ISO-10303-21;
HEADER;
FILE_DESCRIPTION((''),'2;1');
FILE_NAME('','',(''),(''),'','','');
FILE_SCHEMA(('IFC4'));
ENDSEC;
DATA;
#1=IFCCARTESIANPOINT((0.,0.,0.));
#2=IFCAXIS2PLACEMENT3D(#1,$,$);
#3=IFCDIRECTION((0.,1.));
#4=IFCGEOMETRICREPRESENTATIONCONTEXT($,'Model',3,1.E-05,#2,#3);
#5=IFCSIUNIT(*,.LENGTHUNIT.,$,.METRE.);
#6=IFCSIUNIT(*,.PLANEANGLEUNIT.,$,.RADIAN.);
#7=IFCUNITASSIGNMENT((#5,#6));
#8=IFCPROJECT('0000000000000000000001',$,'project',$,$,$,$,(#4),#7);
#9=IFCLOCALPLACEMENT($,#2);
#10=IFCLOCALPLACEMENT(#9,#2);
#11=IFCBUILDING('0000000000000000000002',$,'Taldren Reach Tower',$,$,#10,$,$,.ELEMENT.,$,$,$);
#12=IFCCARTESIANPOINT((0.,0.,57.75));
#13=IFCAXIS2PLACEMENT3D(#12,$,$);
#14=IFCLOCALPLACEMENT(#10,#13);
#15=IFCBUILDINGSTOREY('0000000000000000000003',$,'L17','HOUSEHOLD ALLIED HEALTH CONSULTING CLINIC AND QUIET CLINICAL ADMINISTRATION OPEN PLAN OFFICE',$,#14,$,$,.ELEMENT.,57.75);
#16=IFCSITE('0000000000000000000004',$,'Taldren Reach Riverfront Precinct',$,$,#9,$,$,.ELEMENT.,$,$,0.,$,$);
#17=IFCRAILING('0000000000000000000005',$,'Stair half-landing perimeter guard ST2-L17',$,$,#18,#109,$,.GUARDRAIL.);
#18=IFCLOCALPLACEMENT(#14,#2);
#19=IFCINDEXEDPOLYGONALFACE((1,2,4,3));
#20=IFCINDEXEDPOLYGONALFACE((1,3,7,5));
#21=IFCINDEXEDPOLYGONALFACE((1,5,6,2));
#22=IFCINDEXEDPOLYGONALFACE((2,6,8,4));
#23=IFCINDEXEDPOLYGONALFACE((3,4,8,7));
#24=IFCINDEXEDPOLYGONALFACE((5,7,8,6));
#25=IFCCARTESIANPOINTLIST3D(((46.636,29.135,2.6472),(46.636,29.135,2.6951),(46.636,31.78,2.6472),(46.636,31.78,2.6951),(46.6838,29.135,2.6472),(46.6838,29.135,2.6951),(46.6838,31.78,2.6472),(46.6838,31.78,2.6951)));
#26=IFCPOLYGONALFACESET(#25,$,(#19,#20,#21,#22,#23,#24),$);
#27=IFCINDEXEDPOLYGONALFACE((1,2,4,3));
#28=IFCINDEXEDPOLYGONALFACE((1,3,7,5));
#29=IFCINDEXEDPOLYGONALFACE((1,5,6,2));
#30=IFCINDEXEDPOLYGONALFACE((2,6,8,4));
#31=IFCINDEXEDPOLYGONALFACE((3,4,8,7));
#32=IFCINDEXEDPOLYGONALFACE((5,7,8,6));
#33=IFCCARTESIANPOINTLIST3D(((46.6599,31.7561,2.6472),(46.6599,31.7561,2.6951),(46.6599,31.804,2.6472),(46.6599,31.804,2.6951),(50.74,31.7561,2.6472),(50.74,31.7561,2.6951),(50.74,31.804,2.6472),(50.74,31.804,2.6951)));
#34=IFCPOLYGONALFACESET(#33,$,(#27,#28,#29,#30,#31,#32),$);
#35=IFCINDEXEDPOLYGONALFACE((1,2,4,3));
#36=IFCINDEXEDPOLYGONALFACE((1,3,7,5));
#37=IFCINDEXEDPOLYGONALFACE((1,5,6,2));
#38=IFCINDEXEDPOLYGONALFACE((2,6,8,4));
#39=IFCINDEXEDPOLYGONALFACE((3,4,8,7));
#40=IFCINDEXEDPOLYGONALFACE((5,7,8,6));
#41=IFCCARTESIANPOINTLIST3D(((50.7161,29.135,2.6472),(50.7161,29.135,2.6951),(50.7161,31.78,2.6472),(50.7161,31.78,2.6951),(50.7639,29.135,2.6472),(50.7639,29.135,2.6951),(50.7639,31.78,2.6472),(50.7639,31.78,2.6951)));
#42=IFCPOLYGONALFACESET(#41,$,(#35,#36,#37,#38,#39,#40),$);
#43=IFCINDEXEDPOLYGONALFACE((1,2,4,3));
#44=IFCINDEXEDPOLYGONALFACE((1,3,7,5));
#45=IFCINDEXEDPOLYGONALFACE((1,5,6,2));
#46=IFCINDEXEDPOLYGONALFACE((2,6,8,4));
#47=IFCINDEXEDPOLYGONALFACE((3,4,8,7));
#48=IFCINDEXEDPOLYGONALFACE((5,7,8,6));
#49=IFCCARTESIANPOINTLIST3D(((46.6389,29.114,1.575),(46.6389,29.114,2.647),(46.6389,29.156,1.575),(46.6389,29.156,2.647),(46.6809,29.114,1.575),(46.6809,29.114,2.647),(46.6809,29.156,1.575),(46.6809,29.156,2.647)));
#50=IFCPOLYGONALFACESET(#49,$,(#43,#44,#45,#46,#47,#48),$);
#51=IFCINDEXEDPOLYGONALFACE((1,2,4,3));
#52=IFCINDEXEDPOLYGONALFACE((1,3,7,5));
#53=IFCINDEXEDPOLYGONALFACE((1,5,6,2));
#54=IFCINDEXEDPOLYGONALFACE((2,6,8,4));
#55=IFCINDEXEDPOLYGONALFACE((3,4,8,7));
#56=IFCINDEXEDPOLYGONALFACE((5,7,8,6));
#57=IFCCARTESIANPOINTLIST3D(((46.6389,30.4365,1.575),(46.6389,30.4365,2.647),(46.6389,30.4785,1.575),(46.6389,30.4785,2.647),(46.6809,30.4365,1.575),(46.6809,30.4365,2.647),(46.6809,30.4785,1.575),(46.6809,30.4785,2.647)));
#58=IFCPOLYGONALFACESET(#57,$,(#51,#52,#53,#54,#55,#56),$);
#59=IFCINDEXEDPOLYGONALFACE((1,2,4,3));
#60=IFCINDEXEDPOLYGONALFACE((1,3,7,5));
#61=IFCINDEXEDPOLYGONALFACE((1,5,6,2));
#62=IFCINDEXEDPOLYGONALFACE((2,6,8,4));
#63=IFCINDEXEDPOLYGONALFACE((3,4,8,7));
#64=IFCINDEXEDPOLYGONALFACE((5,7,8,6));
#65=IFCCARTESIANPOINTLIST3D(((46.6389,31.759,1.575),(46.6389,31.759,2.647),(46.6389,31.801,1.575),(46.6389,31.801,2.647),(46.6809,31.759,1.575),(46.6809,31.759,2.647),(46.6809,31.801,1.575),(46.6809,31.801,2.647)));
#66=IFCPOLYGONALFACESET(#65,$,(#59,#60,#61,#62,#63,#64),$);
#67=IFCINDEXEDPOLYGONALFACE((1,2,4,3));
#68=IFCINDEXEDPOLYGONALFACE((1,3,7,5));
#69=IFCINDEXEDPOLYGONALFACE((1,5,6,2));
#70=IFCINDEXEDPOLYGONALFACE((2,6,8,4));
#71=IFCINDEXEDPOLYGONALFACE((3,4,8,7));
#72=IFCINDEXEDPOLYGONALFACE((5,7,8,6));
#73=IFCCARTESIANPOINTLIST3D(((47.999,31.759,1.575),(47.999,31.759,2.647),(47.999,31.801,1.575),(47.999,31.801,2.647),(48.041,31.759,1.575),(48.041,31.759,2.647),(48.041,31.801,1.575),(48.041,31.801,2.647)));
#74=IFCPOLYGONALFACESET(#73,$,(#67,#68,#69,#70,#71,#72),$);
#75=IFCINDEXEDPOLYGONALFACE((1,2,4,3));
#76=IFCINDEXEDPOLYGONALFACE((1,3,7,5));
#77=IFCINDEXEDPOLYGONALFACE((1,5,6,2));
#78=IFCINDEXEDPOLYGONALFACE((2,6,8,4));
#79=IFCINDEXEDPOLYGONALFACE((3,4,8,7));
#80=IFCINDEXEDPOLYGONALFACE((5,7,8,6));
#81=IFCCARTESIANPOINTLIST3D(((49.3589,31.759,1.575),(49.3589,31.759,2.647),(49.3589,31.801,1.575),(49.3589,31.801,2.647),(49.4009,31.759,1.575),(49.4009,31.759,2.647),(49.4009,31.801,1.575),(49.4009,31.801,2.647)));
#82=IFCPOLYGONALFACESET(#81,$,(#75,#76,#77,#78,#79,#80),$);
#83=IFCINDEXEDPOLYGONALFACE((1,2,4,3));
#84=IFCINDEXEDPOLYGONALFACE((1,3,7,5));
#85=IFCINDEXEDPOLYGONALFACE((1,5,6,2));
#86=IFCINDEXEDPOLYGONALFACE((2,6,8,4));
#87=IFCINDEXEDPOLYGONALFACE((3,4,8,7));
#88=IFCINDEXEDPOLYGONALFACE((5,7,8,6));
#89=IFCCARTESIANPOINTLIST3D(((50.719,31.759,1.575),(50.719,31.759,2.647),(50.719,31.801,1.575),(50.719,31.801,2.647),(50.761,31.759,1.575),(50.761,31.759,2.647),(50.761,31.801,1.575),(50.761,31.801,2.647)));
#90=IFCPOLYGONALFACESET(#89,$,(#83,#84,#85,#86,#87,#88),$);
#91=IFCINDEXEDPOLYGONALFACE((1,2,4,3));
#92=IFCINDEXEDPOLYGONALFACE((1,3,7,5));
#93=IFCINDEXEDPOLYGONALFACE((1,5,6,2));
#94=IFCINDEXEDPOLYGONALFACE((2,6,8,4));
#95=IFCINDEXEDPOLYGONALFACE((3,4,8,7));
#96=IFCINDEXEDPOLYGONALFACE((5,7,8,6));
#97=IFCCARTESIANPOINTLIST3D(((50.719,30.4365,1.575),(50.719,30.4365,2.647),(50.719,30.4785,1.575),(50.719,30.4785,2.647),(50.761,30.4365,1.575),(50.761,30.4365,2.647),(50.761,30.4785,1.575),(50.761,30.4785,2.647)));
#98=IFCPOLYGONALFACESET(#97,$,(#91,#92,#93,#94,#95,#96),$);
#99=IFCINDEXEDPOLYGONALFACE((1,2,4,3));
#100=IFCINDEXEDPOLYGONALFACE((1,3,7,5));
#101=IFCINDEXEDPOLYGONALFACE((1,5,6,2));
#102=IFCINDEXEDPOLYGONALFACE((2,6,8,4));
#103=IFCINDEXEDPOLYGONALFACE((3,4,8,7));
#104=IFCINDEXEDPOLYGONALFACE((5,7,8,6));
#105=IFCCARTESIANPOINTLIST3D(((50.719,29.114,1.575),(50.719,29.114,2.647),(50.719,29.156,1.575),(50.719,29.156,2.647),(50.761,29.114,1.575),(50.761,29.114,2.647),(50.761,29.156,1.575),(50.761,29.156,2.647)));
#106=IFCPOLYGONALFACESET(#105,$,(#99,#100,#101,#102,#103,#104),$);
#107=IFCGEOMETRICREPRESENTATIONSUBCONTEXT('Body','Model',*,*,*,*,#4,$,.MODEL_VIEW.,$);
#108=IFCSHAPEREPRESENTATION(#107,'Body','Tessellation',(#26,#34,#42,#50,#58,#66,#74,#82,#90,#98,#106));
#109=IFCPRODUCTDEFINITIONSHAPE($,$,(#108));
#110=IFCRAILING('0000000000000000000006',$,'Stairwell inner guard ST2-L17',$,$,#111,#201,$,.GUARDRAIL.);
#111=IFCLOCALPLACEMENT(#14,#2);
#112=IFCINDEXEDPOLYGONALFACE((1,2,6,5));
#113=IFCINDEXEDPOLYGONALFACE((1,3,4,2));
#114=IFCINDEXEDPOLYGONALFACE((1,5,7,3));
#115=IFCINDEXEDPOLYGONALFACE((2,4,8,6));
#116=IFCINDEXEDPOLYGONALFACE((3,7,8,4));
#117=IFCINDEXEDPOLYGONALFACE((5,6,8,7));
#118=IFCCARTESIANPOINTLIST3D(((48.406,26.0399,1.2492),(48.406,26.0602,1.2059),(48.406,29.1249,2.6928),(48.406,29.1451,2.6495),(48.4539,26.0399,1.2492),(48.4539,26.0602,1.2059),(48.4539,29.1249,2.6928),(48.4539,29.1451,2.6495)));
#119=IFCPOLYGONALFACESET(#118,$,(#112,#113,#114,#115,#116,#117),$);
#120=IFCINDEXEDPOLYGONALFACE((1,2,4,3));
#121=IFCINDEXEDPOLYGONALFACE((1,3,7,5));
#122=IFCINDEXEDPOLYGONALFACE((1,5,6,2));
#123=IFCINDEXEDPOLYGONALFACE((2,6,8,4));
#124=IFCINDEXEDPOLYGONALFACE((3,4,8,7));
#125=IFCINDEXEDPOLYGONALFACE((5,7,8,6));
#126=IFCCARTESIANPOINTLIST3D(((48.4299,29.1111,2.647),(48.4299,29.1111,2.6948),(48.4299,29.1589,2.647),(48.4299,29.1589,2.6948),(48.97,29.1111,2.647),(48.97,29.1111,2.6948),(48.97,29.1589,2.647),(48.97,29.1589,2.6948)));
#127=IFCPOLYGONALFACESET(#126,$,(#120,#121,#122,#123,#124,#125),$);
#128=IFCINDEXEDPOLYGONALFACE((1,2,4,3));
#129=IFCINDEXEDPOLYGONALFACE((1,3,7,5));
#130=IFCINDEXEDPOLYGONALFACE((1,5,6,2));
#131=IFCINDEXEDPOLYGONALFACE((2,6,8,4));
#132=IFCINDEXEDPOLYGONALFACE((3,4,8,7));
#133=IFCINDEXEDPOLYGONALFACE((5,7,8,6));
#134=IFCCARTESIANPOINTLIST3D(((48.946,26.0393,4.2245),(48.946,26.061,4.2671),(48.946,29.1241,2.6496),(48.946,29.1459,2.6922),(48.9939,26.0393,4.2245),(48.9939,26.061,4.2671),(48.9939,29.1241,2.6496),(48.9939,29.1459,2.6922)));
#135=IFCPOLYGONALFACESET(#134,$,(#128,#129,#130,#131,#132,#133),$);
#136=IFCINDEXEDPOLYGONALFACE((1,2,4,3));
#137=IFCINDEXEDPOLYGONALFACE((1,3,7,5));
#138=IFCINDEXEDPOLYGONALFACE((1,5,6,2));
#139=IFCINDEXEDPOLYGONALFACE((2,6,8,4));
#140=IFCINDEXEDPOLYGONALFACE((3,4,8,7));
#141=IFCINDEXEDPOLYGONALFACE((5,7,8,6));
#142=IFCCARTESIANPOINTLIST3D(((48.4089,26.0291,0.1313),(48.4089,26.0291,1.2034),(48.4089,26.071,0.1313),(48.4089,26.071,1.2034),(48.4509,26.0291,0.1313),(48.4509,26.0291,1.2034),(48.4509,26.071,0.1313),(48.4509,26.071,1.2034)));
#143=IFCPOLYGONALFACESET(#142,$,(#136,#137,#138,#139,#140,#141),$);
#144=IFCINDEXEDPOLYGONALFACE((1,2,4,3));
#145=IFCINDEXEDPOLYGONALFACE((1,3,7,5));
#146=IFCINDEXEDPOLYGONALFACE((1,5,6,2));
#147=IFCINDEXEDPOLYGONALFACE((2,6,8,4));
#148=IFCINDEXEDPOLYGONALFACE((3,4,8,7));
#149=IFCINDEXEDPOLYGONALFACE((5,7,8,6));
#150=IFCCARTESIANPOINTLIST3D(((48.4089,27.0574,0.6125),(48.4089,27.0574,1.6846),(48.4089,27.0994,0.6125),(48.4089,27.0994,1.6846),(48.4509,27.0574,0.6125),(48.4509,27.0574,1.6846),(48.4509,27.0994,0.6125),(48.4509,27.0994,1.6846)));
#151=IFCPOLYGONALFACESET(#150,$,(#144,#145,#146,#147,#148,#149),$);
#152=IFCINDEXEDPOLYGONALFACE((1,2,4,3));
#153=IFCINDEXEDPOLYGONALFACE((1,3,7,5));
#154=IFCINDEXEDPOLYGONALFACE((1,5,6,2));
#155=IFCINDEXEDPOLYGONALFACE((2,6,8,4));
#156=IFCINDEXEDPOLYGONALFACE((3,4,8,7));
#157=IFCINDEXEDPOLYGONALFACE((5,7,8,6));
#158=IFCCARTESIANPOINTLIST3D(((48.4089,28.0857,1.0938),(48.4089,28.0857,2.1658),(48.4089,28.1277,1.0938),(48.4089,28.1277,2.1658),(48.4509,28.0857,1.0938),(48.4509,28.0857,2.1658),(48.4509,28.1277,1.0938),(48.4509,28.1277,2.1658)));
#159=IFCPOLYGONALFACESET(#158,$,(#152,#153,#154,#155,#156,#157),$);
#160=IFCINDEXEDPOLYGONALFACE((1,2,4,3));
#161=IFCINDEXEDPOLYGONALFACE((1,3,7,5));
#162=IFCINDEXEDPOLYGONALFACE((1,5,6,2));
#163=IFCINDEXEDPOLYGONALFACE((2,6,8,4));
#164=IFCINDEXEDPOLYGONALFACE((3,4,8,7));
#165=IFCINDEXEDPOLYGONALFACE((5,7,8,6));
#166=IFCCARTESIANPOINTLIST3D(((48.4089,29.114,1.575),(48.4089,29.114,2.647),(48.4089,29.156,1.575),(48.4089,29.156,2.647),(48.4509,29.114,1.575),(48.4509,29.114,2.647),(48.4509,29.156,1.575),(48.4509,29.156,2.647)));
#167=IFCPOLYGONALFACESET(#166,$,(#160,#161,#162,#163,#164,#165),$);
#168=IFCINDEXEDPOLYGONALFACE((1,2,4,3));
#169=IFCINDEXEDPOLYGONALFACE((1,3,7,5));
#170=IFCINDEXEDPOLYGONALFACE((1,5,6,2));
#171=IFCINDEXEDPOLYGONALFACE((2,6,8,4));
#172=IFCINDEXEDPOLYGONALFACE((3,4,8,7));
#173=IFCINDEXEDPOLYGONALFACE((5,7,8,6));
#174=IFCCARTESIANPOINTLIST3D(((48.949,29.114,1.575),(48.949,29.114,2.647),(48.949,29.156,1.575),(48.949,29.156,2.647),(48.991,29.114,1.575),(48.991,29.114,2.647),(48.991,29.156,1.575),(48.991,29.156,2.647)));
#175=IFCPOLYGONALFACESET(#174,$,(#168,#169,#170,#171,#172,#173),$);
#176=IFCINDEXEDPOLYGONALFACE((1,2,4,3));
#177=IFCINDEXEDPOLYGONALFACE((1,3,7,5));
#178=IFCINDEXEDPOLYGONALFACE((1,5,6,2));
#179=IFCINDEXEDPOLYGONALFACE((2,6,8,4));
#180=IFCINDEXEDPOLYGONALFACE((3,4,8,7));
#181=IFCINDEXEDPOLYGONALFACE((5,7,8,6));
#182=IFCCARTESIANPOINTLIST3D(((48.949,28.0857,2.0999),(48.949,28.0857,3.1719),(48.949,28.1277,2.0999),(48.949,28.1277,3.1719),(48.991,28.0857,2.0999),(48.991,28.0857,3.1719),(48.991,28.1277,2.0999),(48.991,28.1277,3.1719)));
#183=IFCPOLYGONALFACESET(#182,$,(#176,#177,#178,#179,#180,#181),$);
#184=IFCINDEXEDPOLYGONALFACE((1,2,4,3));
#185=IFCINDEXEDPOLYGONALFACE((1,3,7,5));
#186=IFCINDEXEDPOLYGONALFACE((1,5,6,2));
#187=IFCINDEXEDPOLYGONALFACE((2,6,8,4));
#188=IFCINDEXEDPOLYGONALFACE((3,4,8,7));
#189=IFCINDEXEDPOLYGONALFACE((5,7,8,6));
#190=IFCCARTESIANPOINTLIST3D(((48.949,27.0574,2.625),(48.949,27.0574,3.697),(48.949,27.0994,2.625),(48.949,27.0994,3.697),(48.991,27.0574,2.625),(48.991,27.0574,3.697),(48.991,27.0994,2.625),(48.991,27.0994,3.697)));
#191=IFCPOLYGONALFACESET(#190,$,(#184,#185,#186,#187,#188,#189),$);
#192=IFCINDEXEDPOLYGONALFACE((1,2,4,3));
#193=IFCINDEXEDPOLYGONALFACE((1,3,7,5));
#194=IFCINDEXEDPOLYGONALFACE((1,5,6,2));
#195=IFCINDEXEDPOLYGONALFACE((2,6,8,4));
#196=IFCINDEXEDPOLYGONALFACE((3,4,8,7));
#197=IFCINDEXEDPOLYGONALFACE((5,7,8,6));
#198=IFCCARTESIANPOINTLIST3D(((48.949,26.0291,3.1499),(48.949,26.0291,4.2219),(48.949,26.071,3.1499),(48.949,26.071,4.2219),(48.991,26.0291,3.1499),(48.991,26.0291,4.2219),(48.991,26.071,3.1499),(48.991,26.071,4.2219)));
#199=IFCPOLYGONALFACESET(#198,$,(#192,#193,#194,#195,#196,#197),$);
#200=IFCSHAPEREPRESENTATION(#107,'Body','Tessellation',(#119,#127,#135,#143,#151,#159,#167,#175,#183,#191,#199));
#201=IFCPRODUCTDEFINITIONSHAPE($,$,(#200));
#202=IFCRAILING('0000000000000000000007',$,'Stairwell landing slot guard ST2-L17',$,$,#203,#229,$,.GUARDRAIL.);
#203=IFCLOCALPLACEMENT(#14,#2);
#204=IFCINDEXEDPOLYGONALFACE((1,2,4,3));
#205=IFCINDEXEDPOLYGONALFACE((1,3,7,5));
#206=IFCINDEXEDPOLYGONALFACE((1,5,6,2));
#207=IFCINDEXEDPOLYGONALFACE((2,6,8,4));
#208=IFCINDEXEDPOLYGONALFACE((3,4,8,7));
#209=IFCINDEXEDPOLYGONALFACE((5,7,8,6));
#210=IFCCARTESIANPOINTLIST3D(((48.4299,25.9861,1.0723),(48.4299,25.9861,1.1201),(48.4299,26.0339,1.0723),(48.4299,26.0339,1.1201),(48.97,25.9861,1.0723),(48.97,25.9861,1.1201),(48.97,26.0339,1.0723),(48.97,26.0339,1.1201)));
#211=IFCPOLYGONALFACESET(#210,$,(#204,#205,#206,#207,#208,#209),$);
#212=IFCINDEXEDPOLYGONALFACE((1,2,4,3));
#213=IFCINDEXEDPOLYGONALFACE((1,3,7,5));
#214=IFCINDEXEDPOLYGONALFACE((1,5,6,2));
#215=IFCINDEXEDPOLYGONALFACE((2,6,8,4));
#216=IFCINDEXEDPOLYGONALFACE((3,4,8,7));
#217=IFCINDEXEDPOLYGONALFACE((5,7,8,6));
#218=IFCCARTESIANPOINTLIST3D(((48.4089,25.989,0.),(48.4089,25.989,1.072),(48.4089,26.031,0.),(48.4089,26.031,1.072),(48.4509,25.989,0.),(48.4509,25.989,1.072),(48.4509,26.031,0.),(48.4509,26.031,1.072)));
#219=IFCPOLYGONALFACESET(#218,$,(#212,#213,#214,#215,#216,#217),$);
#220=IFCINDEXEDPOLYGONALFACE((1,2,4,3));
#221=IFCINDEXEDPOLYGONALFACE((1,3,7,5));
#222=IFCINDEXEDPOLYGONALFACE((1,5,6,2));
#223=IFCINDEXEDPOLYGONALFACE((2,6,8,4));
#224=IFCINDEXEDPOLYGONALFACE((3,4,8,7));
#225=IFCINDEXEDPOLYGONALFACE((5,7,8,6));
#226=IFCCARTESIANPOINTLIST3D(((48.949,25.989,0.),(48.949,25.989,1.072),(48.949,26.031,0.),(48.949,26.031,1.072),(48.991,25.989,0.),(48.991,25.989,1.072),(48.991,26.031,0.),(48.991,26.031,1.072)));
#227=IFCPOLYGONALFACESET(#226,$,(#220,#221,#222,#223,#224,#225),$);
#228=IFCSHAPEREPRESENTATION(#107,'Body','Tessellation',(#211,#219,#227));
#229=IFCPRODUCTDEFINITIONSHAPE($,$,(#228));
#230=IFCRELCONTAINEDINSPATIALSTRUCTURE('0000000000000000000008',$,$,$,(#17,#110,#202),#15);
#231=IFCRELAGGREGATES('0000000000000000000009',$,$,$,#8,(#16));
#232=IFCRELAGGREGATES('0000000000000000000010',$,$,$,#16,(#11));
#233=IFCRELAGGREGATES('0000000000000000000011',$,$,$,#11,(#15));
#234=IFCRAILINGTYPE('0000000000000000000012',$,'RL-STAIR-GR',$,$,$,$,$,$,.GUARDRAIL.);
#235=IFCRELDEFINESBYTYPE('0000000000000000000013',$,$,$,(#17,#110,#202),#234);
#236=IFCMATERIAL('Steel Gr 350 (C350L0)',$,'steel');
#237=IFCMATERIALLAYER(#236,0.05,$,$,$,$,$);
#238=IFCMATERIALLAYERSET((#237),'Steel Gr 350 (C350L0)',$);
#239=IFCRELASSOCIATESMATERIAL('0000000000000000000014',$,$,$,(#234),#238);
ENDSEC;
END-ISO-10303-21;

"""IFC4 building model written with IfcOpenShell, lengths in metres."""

from ifc_helpers import new_model, si_unit, direction, frame, origin, origin_2d, place, context, subcontext, project, spatial, rectangle, extrude, material, layer, layer_set, type_object, element, save


model = new_model("IFC4")

# Units and contexts
model_context = context("Model", 3, precision=1e-05, world=origin(), true_north=direction((0.0, 1.0)))
body_context = subcontext(model_context, "Body", "Model", "MODEL_VIEW")
ifc_project = project(units=[si_unit("LENGTHUNIT", "METRE"), si_unit("PLANEANGLEUNIT", "RADIAN")], contexts=[model_context])

# Site, building, storey
site_placement = place(None, origin())
site = spatial("IfcSite", under=ifc_project, at=site_placement, Name="Taldren Reach Riverfront Precinct", CompositionType="ELEMENT", RefElevation=0.0)
building_placement = place(site_placement, origin())
building = spatial("IfcBuilding", under=site, at=building_placement, Name="Taldren Reach Tower", CompositionType="ELEMENT")
storey_placement = place(building_placement, frame((0.0, 0.0, 57.75)))
storey = spatial("IfcBuildingStorey", under=building, at=storey_placement, Name="L17", Description="HOUSEHOLD ALLIED HEALTH CONSULTING CLINIC AND QUIET CLINICAL ADMINISTRATION OPEN PLAN OFFICE", CompositionType="ELEMENT", Elevation=57.75)

# Shared definitions
ifc_material_1 = material(Name="Steel Gr 350 (C350L0)", Category="steel")

# Railings
ifc_layer_1 = layer(ifc_material_1, 0.05)
ifc_layer_set_1 = layer_set([ifc_layer_1], Name="Steel Gr 350 (C350L0)")
railing_type_1 = type_object("IfcRailingType", Name="RL-STAIR-GR", PredefinedType="GUARDRAIL", material=ifc_layer_set_1)
railing_1_placement = place(storey_placement, frame((46.6599, 29.135, 1.575)))
element("IfcRailing", 1, at=railing_1_placement, inside=storey, type_object=railing_type_1, Name="Stair half-landing perimeter guard ST2-L17", PredefinedType="GUARDRAIL", context=body_context, shape_type="SweptSolid", body=[
    extrude(rectangle(XDim=0.0479, YDim=0.0479, at=origin_2d()), frame((0.0, 0.0, 1.0962), z_axis=(0.0, 1.0, 0.0), x_axis=(-1.0, 0.0, 0.0)), (0.0, 0.0, 1.0), 2.645),
    extrude(rectangle(XDim=0.0479, YDim=0.0479, at=origin_2d()), frame((0.0, 2.645, 1.0962), z_axis=(1.0, 0.0, 0.0), x_axis=(0.0, 1.0, 0.0)), (0.0, 0.0, 1.0), 4.0801),
    extrude(rectangle(XDim=0.0479, YDim=0.0479, at=origin_2d()), frame((4.0801, 2.645, 1.0962), z_axis=(0.0, -1.0, 0.0), x_axis=(1.0, 0.0, 0.0)), (0.0, 0.0, 1.0), 2.645),
    extrude(rectangle(XDim=0.042, YDim=0.042, at=origin_2d()), origin(), (0.0, 0.0, 1.0), 1.072),
    extrude(rectangle(XDim=0.042, YDim=0.042, at=origin_2d()), frame((0.0, 1.3225, 0.0)), (0.0, 0.0, 1.0), 1.072),
    extrude(rectangle(XDim=0.042, YDim=0.042, at=origin_2d()), frame((0.0, 2.645, 0.0)), (0.0, 0.0, 1.0), 1.072),
    extrude(rectangle(XDim=0.042, YDim=0.042, at=origin_2d()), frame((1.3601, 2.645, 0.0)), (0.0, 0.0, 1.0), 1.072),
    extrude(rectangle(XDim=0.042, YDim=0.042, at=origin_2d()), frame((2.72, 2.645, 0.0)), (0.0, 0.0, 1.0), 1.072),
    extrude(rectangle(XDim=0.042, YDim=0.042, at=origin_2d()), frame((4.0801, 2.645, 0.0)), (0.0, 0.0, 1.0), 1.072),
    extrude(rectangle(XDim=0.042, YDim=0.042, at=origin_2d()), frame((4.0801, 1.3225, 0.0)), (0.0, 0.0, 1.0), 1.072),
    extrude(rectangle(XDim=0.042, YDim=0.042, at=origin_2d()), frame((4.0801, 0.0, 0.0)), (0.0, 0.0, 1.0), 1.072),
])
railing_2_placement = place(storey_placement, frame((48.4299, 26.05, 0.1313)))
element("IfcRailing", 2, at=railing_2_placement, inside=storey, type_object=railing_type_1, Name="Stairwell inner guard ST2-L17", PredefinedType="GUARDRAIL", context=body_context, shape_type="SweptSolid", body=[
    extrude(rectangle(XDim=0.0479, YDim=0.0479, at=origin_2d()), frame((0.0, 0.0, 1.0962), z_axis=(0.0, 0.905738, 0.423839), x_axis=(-1.0, 0.0, 0.0)), (0.0, 0.0, 1.0), 3.406),
    extrude(rectangle(XDim=0.0479, YDim=0.0479, at=origin_2d()), frame((0.0, 3.085, 2.5396), z_axis=(1.0, 0.0, 0.0), x_axis=(0.0, 1.0, 0.0)), (0.0, 0.0, 1.0), 0.54),
    extrude(rectangle(XDim=0.0479, YDim=0.0479, at=origin_2d()), frame((0.54, 3.085, 2.5396), z_axis=(0.0, -0.890646, 0.454697), x_axis=(1.0, 0.0, 0.0)), (0.0, 0.0, 1.0), 3.4636),
    extrude(rectangle(XDim=0.042, YDim=0.042, at=origin_2d()), origin(), (0.0, 0.0, 1.0), 1.072),
    extrude(rectangle(XDim=0.042, YDim=0.042, at=origin_2d()), frame((0.0, 1.0283, 0.4812)), (0.0, 0.0, 1.0), 1.072),
    extrude(rectangle(XDim=0.042, YDim=0.042, at=origin_2d()), frame((0.0, 2.0566, 0.9624)), (0.0, 0.0, 1.0), 1.072),
    extrude(rectangle(XDim=0.042, YDim=0.042, at=origin_2d()), frame((0.0, 3.085, 1.4436)), (0.0, 0.0, 1.0), 1.072),
    extrude(rectangle(XDim=0.042, YDim=0.042, at=origin_2d()), frame((0.54, 3.085, 1.4436)), (0.0, 0.0, 1.0), 1.072),
    extrude(rectangle(XDim=0.042, YDim=0.042, at=origin_2d()), frame((0.54, 2.0566, 1.9685)), (0.0, 0.0, 1.0), 1.072),
    extrude(rectangle(XDim=0.042, YDim=0.042, at=origin_2d()), frame((0.54, 1.0283, 2.4937)), (0.0, 0.0, 1.0), 1.072),
    extrude(rectangle(XDim=0.042, YDim=0.042, at=origin_2d()), frame((0.54, 0.0, 3.0186)), (0.0, 0.0, 1.0), 1.072),
])
railing_3_placement = place(storey_placement, frame((48.4299, 26.01, 0.0)))
element("IfcRailing", 3, at=railing_3_placement, inside=storey, type_object=railing_type_1, Name="Stairwell landing slot guard ST2-L17", PredefinedType="GUARDRAIL", context=body_context, shape_type="SweptSolid", body=[
    extrude(rectangle(XDim=0.0479, YDim=0.0479, at=origin_2d()), frame((0.0, 0.0, 1.0962), z_axis=(1.0, 0.0, 0.0), x_axis=(0.0, 1.0, 0.0)), (0.0, 0.0, 1.0), 0.54),
    extrude(rectangle(XDim=0.042, YDim=0.042, at=origin_2d()), origin(), (0.0, 0.0, 1.0), 1.072),
    extrude(rectangle(XDim=0.042, YDim=0.042, at=origin_2d()), frame((0.54, 0.0, 0.0)), (0.0, 0.0, 1.0), 1.072),
])

save(model, "model.ifc")
